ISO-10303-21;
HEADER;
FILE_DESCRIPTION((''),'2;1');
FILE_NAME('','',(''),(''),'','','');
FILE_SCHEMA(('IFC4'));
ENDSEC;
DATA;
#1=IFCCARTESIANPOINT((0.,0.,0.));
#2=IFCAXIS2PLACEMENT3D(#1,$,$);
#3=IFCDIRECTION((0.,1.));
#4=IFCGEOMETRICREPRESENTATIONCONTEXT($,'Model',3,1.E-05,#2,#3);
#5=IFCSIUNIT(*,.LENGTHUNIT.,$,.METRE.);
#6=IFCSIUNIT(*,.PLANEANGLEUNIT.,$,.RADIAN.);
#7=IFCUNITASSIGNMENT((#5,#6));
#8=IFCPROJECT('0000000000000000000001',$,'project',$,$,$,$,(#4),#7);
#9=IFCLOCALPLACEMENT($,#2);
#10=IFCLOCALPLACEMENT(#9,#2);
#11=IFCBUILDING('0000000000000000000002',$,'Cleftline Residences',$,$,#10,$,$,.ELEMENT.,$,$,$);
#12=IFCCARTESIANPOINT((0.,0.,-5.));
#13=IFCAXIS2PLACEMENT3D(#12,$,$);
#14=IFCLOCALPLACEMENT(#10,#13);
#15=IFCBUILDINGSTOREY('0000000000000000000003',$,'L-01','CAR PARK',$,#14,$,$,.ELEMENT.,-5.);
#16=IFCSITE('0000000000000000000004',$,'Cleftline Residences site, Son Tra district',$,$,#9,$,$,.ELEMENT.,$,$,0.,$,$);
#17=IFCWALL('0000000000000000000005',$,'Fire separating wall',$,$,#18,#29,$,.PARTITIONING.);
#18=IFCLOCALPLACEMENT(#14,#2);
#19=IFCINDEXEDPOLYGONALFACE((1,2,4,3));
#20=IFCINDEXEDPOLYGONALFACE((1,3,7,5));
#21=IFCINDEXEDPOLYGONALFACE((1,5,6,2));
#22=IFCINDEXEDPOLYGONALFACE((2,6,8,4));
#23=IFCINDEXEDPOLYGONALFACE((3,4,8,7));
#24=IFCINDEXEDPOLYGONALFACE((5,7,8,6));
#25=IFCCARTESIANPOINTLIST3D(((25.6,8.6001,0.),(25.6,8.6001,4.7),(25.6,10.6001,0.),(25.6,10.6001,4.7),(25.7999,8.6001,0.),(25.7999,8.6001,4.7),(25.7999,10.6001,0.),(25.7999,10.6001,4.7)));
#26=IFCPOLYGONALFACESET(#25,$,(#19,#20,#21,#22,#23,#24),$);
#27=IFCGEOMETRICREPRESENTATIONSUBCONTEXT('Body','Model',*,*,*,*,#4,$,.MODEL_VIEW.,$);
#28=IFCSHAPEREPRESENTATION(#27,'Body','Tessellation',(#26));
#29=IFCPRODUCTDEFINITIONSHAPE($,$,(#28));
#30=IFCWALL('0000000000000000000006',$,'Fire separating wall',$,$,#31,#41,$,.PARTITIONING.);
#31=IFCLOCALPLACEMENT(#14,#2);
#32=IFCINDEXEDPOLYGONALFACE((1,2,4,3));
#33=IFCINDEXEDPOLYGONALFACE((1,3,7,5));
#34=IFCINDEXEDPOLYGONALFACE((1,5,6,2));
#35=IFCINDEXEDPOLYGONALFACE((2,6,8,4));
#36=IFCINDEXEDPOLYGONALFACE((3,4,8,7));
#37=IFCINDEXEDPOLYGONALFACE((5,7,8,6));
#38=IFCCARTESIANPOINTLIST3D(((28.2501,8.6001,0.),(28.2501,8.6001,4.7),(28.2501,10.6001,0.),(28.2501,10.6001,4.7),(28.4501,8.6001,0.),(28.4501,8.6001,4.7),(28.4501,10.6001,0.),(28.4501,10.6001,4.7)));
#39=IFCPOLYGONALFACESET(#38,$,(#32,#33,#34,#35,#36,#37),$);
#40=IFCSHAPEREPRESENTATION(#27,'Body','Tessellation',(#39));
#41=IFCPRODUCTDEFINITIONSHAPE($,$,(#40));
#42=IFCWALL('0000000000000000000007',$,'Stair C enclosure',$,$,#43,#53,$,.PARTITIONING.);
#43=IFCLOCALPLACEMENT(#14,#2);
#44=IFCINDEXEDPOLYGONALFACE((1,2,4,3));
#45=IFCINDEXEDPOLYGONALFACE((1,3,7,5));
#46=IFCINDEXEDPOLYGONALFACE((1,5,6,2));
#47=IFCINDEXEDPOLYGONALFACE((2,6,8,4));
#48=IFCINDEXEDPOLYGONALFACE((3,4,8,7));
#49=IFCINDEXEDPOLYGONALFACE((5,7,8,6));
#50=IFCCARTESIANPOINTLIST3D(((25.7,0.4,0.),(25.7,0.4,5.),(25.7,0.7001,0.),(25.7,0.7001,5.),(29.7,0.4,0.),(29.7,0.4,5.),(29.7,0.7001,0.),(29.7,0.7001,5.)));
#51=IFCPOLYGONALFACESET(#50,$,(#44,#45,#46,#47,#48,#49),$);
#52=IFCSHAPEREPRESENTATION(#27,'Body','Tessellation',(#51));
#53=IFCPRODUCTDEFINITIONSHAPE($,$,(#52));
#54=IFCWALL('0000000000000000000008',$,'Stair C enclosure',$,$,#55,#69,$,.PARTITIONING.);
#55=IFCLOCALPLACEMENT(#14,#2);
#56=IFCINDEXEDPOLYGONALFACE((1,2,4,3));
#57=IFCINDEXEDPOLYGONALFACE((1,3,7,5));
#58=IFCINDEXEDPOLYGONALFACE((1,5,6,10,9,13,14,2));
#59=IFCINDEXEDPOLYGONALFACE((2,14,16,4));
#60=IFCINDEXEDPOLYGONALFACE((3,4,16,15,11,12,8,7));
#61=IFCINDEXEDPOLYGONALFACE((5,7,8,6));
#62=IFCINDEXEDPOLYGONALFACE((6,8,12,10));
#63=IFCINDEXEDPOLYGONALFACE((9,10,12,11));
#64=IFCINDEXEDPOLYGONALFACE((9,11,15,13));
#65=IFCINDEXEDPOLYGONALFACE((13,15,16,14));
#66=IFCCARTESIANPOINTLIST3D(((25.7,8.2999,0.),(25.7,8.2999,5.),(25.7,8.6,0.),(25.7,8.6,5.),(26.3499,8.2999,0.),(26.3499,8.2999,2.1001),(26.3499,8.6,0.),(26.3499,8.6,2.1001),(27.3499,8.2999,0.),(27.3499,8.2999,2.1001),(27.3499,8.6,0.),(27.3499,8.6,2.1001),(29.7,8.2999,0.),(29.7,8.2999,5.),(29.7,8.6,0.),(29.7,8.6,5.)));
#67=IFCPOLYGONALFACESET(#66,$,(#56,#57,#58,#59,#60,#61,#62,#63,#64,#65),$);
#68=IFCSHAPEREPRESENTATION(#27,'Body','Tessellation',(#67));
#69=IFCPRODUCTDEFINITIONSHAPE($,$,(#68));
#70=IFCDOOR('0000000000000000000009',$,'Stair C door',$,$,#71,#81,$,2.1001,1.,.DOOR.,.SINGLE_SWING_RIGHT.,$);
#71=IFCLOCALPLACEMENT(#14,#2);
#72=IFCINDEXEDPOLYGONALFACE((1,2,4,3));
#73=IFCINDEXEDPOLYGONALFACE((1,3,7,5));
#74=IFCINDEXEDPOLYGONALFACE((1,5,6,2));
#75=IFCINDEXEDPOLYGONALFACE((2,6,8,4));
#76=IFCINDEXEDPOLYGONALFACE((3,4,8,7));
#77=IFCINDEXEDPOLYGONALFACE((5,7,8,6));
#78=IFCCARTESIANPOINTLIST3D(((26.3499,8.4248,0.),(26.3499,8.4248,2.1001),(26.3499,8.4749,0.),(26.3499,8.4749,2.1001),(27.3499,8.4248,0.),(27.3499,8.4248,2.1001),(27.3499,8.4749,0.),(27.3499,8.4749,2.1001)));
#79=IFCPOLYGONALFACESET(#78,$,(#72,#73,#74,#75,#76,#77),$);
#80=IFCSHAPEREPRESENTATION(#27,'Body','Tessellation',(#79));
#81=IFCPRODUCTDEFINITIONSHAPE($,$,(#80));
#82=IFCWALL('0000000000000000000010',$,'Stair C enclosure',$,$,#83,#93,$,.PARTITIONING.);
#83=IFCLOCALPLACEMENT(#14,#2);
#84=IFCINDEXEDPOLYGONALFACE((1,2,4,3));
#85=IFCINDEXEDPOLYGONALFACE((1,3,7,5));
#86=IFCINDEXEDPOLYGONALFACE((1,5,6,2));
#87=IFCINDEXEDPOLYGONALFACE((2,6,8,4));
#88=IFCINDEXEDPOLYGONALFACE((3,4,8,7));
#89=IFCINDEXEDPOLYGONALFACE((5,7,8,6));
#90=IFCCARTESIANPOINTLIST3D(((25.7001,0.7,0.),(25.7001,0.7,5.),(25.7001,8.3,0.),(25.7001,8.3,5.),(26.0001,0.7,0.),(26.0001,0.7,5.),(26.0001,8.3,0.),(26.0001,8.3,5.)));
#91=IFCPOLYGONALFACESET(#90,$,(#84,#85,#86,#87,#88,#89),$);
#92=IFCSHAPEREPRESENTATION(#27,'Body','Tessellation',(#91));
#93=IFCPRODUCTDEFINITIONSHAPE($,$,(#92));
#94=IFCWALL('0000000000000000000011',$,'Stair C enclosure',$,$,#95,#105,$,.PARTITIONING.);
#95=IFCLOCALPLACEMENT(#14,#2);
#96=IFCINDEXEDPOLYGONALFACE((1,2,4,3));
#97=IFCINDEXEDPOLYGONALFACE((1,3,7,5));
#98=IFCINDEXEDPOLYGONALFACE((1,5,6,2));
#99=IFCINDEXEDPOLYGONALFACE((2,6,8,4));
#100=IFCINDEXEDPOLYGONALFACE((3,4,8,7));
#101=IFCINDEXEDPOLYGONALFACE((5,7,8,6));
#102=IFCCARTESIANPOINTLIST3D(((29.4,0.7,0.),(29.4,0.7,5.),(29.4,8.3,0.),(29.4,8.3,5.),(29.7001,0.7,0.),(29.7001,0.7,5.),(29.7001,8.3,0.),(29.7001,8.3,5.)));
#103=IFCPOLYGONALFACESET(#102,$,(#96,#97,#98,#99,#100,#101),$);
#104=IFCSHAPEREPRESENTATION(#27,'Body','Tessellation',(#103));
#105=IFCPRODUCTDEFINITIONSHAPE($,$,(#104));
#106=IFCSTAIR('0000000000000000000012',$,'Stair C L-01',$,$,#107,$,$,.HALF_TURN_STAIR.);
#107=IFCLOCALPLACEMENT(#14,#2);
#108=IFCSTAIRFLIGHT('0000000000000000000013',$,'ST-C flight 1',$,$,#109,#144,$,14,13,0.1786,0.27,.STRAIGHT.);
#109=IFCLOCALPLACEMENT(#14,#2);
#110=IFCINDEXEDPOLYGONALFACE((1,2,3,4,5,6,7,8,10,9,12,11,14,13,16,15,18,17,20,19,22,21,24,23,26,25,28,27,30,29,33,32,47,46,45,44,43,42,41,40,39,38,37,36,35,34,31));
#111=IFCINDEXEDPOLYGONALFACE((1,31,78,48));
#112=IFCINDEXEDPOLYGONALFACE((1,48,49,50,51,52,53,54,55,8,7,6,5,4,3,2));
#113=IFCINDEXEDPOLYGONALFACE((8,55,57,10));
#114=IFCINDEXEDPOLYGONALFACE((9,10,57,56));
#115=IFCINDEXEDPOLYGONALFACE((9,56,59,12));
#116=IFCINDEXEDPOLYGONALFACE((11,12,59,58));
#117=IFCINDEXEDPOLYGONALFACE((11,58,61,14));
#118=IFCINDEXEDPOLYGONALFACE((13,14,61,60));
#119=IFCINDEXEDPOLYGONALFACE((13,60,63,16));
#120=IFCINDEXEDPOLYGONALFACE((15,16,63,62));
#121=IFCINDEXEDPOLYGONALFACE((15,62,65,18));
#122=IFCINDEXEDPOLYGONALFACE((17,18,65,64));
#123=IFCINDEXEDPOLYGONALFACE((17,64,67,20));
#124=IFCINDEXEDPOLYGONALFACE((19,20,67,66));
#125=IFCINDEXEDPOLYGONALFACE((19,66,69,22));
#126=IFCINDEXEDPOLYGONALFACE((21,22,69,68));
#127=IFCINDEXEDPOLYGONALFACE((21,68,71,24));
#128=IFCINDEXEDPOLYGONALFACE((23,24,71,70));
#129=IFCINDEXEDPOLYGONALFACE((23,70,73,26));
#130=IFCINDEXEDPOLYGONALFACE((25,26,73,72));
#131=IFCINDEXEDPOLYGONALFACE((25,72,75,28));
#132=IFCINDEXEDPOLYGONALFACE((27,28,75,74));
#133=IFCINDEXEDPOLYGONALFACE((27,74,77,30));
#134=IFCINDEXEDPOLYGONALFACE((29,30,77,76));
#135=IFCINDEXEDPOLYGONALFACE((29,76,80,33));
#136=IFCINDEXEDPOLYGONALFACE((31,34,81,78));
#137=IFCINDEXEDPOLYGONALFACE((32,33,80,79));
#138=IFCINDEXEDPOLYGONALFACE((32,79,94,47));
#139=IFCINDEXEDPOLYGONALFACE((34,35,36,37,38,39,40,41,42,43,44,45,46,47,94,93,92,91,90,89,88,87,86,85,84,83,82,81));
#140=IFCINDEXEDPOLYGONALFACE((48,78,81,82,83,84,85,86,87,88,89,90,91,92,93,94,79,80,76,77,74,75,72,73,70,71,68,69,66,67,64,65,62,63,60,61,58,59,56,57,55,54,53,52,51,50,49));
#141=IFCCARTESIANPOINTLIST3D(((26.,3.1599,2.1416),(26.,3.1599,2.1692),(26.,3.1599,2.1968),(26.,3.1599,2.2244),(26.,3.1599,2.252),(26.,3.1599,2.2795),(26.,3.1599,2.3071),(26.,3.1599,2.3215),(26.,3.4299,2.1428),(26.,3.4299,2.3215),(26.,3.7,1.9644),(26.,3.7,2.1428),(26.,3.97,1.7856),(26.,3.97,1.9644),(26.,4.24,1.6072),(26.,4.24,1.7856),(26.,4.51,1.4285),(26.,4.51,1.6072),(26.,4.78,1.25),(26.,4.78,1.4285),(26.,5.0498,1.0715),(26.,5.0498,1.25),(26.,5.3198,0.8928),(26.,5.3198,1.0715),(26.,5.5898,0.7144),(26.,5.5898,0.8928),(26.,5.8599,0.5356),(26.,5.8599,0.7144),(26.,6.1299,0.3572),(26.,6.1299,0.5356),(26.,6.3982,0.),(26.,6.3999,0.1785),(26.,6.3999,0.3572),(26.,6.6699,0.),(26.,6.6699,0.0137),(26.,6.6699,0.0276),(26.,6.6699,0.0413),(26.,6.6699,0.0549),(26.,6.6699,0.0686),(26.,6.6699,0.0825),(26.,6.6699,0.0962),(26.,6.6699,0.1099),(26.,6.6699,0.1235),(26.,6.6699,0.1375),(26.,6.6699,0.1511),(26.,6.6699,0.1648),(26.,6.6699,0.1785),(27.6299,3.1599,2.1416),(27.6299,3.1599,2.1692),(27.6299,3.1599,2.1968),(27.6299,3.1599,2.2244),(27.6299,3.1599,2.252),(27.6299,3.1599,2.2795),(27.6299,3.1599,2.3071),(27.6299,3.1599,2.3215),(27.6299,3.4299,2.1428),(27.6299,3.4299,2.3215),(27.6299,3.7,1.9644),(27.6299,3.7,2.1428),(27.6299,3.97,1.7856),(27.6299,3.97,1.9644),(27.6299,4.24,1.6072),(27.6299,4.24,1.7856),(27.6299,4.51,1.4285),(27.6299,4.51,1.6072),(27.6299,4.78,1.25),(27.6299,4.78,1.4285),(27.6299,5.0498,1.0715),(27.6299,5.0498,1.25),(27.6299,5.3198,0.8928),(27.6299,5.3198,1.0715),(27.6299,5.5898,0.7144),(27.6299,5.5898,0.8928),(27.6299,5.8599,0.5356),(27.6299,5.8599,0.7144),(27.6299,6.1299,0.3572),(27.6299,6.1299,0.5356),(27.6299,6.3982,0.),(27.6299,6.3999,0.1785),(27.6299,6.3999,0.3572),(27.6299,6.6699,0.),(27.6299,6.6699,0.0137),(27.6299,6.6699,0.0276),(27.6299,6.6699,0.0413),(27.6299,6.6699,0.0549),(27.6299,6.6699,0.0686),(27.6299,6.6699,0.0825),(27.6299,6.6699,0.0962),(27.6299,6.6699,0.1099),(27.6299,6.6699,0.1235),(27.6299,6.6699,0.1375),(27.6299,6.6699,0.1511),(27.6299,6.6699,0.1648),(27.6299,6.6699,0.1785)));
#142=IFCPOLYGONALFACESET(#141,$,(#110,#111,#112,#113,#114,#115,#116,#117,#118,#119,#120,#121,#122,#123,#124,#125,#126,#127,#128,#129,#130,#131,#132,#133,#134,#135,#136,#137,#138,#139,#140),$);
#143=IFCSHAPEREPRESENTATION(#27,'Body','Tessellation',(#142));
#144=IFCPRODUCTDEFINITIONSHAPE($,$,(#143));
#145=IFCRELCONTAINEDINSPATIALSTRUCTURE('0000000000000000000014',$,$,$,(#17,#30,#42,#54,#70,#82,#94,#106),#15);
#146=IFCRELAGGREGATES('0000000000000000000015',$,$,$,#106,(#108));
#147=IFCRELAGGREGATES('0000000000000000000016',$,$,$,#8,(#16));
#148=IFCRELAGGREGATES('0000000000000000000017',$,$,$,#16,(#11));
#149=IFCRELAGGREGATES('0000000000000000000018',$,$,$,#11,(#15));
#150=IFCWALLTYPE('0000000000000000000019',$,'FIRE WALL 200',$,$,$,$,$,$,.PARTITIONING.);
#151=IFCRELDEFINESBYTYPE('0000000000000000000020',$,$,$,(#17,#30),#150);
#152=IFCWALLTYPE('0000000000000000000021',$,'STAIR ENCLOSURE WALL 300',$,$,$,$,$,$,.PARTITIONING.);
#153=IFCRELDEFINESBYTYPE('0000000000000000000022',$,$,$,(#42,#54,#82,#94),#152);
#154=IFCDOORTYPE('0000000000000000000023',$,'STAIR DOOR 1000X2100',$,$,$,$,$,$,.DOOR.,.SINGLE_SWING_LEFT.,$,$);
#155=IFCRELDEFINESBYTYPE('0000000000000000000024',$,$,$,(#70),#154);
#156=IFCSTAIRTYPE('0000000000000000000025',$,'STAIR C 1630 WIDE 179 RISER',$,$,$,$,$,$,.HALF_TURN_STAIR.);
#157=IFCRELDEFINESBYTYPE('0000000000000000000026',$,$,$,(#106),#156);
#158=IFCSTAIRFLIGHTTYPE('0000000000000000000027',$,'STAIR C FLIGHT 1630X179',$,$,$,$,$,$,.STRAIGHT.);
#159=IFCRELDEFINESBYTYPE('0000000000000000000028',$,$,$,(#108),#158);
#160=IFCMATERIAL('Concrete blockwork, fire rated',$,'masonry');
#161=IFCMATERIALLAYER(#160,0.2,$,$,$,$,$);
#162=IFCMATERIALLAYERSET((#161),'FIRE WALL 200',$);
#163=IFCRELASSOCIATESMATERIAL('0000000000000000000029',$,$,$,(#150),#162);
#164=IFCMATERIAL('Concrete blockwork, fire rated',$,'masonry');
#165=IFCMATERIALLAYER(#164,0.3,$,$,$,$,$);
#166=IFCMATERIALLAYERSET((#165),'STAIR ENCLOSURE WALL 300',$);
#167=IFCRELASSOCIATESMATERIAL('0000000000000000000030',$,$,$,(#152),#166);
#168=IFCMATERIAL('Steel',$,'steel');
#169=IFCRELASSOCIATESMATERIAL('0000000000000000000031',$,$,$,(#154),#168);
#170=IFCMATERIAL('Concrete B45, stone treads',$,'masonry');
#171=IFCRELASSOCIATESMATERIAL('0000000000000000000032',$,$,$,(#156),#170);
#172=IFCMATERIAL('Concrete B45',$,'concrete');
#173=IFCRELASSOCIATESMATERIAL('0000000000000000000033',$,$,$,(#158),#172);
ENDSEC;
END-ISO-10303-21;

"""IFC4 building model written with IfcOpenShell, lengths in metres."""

from ifc_helpers import new_model, si_unit, direction, frame, frame_2d, origin, place, context, subcontext, project, spatial, polyline, rectangle, outline, extrude, material, layer, layer_set, type_object, element, fill, aggregate, save


model = new_model("IFC4")

# Units and contexts
model_context = context("Model", 3, precision=1e-05, world=origin(), true_north=direction((0.0, 1.0)))
body_context = subcontext(model_context, "Body", "Model", "MODEL_VIEW")
ifc_project = project(units=[si_unit("LENGTHUNIT", "METRE"), si_unit("PLANEANGLEUNIT", "RADIAN")], contexts=[model_context])

# Site, building, storey
site_placement = place(None, origin())
site = spatial("IfcSite", under=ifc_project, at=site_placement, Name="Cleftline Residences site, Son Tra district", CompositionType="ELEMENT", RefElevation=0.0)
building_placement = place(site_placement, origin())
building = spatial("IfcBuilding", under=site, at=building_placement, Name="Cleftline Residences", CompositionType="ELEMENT")
storey_placement = place(building_placement, frame((0.0, 0.0, -5.0)))
storey = spatial("IfcBuildingStorey", under=building, at=storey_placement, Name="L-01", Description="CAR PARK", CompositionType="ELEMENT", Elevation=-5.0)

# Shared definitions
ifc_material_1 = material(Name="Concrete blockwork, fire rated", Category="masonry")
ifc_layer_1 = layer(ifc_material_1, 0.2)
ifc_layer_set_1 = layer_set([ifc_layer_1], Name="FIRE WALL 200")
wall_type_1 = type_object("IfcWallType", Name="FIRE WALL 200", PredefinedType="PARTITIONING", material=ifc_layer_set_1)

# Walls
for number, where, z_axis, x_axis, name in (
    (1, (25.7, 8.6001, 0.0), (0.0, 0.0, 1.0), (0.0, 1.0, 0.0), "Fire separating wall"),
    (2, (28.3501, 8.6001, 0.0), (0.0, 0.0, 1.0), (0.0, 1.0, 0.0), "Fire separating wall"),
):
    element("IfcWall", number, at=place(storey_placement, frame(where, z_axis=z_axis, x_axis=x_axis)), inside=storey, type_object=wall_type_1, Name=name, PredefinedType="PARTITIONING", context=body_context, shape_type="SweptSolid", body=[
        extrude(rectangle(XDim=2.0, YDim=0.2, at=frame_2d((1.0, 0.0))), origin(), (0.0, 0.0, 1.0), 4.7),
    ])
ifc_material_2 = material(Name="Concrete blockwork, fire rated", Category="masonry")
ifc_layer_2 = layer(ifc_material_2, 0.3)
ifc_layer_set_2 = layer_set([ifc_layer_2], Name="STAIR ENCLOSURE WALL 300")
wall_type_2 = type_object("IfcWallType", Name="STAIR ENCLOSURE WALL 300", PredefinedType="PARTITIONING", material=ifc_layer_set_2)
wall_1_placement = place(storey_placement, frame((25.7, 0.55, 0.0), z_axis=(0.0, 0.0, 1.0), x_axis=(1.0, 0.0, 0.0)))
element("IfcWall", 3, at=wall_1_placement, inside=storey, type_object=wall_type_2, Name="Stair C enclosure", PredefinedType="PARTITIONING", context=body_context, shape_type="SweptSolid", body=[
    extrude(rectangle(XDim=4.0, YDim=0.3, at=frame_2d((2.0, 0.0))), origin(), (0.0, 0.0, 1.0), 5.0),
])

# Wall, opening, door
wall_2_placement = place(storey_placement, frame((25.7, 8.45, 0.0), z_axis=(0.0, 0.0, 1.0), x_axis=(1.0, 0.0, 0.0)))
wall_2 = element("IfcWall", 4, at=wall_2_placement, inside=storey, type_object=wall_type_2, Name="Stair C enclosure", PredefinedType="PARTITIONING", context=body_context, shape_type="SweptSolid", body=[
    extrude(rectangle(XDim=4.0, YDim=0.3, at=frame_2d((2.0, 0.0))), origin(), (0.0, 0.0, 1.0), 5.0),
])
opening_1_placement = place(wall_2_placement, frame((0.6499, 0.0, 0.0)))
opening_1 = element("IfcOpeningElement", 5, at=opening_1_placement, cuts=wall_2, PredefinedType="OPENING", context=body_context, shape_type="SweptSolid", body=[
    extrude(rectangle(XDim=1.0, YDim=2.1001, at=frame_2d((0.5, 1.05))), frame((0.0, 0.1599, 0.0), z_axis=(0.0, -1.0, 0.0), x_axis=(1.0, 0.0, 0.0)), (0.0, 0.0, 1.0), 0.3201),
])
ifc_material_3 = material(Name="Steel", Category="steel")
door_type_1 = type_object("IfcDoorType", Name="STAIR DOOR 1000X2100", OperationType="SINGLE_SWING_LEFT", PredefinedType="DOOR", material=ifc_material_3)
door_1_placement = place(opening_1_placement, origin())
door_1 = element("IfcDoor", 6, at=door_1_placement, inside=storey, type_object=door_type_1, Name="Stair C door", OperationType="SINGLE_SWING_RIGHT", OverallHeight=2.1001, OverallWidth=1.0, PredefinedType="DOOR", context=body_context, shape_type="SweptSolid", body=[
    extrude(rectangle(XDim=1.0, YDim=2.1001, at=frame_2d((0.5, 1.05))), frame((0.0, 0.0249, 0.0), z_axis=(0.0, -1.0, 0.0), x_axis=(1.0, 0.0, 0.0)), (0.0, 0.0, 1.0), 0.05),
])
fill(opening_1, door_1)

# Walls
for number, where, z_axis, x_axis, name in (
    (7, (25.8501, 0.7, 0.0), (0.0, 0.0, 1.0), (0.0, 1.0, 0.0), "Stair C enclosure"),
    (8, (29.55, 0.7, 0.0), (0.0, 0.0, 1.0), (0.0, 1.0, 0.0), "Stair C enclosure"),
):
    element("IfcWall", number, at=place(storey_placement, frame(where, z_axis=z_axis, x_axis=x_axis)), inside=storey, type_object=wall_type_2, Name=name, PredefinedType="PARTITIONING", context=body_context, shape_type="SweptSolid", body=[
        extrude(rectangle(XDim=7.6001, YDim=0.3, at=frame_2d((3.8, 0.0))), origin(), (0.0, 0.0, 1.0), 5.0),
    ])

# Stair, stair flight
ifc_material_4 = material(Name="Concrete B45, stone treads", Category="masonry")
stair_type = type_object("IfcStairType", Name="STAIR C 1630 WIDE 179 RISER", PredefinedType="HALF_TURN_STAIR", material=ifc_material_4)
stair_placement = place(storey_placement, origin())
stair = element("IfcStair", 9, at=stair_placement, inside=storey, type_object=stair_type, Name="Stair C L-01", PredefinedType="HALF_TURN_STAIR")
ifc_material_5 = material(Name="Concrete B45", Category="concrete")
stair_flight_type = type_object("IfcStairFlightType", Name="STAIR C FLIGHT 1630X179", PredefinedType="STRAIGHT", material=ifc_material_5)
stair_flight_1_placement = place(storey_placement, frame((26.8149, 6.6699, 0.0), z_axis=(0.0, 0.0, 1.0), x_axis=(0.0, -1.0, 0.0)))
stair_flight_1 = element("IfcStairFlight", 10, at=stair_flight_1_placement, type_object=stair_flight_type, Name="ST-C flight 1", NumberOfRisers=14, NumberOfTreads=13, PredefinedType="STRAIGHT", RiserHeight=0.1786, TreadLength=0.27, context=body_context, shape_type="SweptSolid", body=[
    extrude(outline(polyline([(0.0, 0.0), (0.0, 0.0137), (0.0, 0.0276), (0.0, 0.0413), (0.0, 0.0549), (0.0, 0.0686), (0.0, 0.0825), (0.0, 0.0962), (0.0, 0.1099), (0.0, 0.1235), (0.0, 0.1375), (0.0, 0.1511), (0.0, 0.1648), (0.0, 0.1785), (0.27, 0.1785), (0.27, 0.3572), (0.54, 0.3572), (0.54, 0.5356), (0.8101, 0.5356), (0.8101, 0.7144), (1.0801, 0.7144), (1.0801, 0.8928), (1.3501, 0.8928), (1.3501, 1.0715), (1.6201, 1.0715), (1.6201, 1.25), (1.8899, 1.25), (1.8899, 1.4285), (2.1599, 1.4285), (2.1599, 1.6072), (2.4299, 1.6072), (2.4299, 1.7856), (2.7, 1.7856), (2.7, 1.9644), (2.97, 1.9644), (2.97, 2.1428), (3.24, 2.1428), (3.24, 2.3215), (3.51, 2.3215), (3.51, 2.5), (3.51, 2.4724), (3.51, 2.4448), (3.51, 2.4172), (3.51, 2.3896), (3.51, 2.3623), (3.51, 2.3347), (3.51, 2.3071), (3.51, 2.2795), (3.51, 2.252), (3.51, 2.2244), (3.51, 2.1968), (3.51, 2.1692), (3.51, 2.1416), (0.2717, 0.0), (0.0, 0.0)])), frame((0.0, 0.8149, 0.0), z_axis=(0.0, -1.0, 0.0), x_axis=(1.0, 0.0, 0.0)), (0.0, 0.0, 1.0), 1.6299),
])
aggregate(stair, [stair_flight_1])

save(model, "model.ifc")
